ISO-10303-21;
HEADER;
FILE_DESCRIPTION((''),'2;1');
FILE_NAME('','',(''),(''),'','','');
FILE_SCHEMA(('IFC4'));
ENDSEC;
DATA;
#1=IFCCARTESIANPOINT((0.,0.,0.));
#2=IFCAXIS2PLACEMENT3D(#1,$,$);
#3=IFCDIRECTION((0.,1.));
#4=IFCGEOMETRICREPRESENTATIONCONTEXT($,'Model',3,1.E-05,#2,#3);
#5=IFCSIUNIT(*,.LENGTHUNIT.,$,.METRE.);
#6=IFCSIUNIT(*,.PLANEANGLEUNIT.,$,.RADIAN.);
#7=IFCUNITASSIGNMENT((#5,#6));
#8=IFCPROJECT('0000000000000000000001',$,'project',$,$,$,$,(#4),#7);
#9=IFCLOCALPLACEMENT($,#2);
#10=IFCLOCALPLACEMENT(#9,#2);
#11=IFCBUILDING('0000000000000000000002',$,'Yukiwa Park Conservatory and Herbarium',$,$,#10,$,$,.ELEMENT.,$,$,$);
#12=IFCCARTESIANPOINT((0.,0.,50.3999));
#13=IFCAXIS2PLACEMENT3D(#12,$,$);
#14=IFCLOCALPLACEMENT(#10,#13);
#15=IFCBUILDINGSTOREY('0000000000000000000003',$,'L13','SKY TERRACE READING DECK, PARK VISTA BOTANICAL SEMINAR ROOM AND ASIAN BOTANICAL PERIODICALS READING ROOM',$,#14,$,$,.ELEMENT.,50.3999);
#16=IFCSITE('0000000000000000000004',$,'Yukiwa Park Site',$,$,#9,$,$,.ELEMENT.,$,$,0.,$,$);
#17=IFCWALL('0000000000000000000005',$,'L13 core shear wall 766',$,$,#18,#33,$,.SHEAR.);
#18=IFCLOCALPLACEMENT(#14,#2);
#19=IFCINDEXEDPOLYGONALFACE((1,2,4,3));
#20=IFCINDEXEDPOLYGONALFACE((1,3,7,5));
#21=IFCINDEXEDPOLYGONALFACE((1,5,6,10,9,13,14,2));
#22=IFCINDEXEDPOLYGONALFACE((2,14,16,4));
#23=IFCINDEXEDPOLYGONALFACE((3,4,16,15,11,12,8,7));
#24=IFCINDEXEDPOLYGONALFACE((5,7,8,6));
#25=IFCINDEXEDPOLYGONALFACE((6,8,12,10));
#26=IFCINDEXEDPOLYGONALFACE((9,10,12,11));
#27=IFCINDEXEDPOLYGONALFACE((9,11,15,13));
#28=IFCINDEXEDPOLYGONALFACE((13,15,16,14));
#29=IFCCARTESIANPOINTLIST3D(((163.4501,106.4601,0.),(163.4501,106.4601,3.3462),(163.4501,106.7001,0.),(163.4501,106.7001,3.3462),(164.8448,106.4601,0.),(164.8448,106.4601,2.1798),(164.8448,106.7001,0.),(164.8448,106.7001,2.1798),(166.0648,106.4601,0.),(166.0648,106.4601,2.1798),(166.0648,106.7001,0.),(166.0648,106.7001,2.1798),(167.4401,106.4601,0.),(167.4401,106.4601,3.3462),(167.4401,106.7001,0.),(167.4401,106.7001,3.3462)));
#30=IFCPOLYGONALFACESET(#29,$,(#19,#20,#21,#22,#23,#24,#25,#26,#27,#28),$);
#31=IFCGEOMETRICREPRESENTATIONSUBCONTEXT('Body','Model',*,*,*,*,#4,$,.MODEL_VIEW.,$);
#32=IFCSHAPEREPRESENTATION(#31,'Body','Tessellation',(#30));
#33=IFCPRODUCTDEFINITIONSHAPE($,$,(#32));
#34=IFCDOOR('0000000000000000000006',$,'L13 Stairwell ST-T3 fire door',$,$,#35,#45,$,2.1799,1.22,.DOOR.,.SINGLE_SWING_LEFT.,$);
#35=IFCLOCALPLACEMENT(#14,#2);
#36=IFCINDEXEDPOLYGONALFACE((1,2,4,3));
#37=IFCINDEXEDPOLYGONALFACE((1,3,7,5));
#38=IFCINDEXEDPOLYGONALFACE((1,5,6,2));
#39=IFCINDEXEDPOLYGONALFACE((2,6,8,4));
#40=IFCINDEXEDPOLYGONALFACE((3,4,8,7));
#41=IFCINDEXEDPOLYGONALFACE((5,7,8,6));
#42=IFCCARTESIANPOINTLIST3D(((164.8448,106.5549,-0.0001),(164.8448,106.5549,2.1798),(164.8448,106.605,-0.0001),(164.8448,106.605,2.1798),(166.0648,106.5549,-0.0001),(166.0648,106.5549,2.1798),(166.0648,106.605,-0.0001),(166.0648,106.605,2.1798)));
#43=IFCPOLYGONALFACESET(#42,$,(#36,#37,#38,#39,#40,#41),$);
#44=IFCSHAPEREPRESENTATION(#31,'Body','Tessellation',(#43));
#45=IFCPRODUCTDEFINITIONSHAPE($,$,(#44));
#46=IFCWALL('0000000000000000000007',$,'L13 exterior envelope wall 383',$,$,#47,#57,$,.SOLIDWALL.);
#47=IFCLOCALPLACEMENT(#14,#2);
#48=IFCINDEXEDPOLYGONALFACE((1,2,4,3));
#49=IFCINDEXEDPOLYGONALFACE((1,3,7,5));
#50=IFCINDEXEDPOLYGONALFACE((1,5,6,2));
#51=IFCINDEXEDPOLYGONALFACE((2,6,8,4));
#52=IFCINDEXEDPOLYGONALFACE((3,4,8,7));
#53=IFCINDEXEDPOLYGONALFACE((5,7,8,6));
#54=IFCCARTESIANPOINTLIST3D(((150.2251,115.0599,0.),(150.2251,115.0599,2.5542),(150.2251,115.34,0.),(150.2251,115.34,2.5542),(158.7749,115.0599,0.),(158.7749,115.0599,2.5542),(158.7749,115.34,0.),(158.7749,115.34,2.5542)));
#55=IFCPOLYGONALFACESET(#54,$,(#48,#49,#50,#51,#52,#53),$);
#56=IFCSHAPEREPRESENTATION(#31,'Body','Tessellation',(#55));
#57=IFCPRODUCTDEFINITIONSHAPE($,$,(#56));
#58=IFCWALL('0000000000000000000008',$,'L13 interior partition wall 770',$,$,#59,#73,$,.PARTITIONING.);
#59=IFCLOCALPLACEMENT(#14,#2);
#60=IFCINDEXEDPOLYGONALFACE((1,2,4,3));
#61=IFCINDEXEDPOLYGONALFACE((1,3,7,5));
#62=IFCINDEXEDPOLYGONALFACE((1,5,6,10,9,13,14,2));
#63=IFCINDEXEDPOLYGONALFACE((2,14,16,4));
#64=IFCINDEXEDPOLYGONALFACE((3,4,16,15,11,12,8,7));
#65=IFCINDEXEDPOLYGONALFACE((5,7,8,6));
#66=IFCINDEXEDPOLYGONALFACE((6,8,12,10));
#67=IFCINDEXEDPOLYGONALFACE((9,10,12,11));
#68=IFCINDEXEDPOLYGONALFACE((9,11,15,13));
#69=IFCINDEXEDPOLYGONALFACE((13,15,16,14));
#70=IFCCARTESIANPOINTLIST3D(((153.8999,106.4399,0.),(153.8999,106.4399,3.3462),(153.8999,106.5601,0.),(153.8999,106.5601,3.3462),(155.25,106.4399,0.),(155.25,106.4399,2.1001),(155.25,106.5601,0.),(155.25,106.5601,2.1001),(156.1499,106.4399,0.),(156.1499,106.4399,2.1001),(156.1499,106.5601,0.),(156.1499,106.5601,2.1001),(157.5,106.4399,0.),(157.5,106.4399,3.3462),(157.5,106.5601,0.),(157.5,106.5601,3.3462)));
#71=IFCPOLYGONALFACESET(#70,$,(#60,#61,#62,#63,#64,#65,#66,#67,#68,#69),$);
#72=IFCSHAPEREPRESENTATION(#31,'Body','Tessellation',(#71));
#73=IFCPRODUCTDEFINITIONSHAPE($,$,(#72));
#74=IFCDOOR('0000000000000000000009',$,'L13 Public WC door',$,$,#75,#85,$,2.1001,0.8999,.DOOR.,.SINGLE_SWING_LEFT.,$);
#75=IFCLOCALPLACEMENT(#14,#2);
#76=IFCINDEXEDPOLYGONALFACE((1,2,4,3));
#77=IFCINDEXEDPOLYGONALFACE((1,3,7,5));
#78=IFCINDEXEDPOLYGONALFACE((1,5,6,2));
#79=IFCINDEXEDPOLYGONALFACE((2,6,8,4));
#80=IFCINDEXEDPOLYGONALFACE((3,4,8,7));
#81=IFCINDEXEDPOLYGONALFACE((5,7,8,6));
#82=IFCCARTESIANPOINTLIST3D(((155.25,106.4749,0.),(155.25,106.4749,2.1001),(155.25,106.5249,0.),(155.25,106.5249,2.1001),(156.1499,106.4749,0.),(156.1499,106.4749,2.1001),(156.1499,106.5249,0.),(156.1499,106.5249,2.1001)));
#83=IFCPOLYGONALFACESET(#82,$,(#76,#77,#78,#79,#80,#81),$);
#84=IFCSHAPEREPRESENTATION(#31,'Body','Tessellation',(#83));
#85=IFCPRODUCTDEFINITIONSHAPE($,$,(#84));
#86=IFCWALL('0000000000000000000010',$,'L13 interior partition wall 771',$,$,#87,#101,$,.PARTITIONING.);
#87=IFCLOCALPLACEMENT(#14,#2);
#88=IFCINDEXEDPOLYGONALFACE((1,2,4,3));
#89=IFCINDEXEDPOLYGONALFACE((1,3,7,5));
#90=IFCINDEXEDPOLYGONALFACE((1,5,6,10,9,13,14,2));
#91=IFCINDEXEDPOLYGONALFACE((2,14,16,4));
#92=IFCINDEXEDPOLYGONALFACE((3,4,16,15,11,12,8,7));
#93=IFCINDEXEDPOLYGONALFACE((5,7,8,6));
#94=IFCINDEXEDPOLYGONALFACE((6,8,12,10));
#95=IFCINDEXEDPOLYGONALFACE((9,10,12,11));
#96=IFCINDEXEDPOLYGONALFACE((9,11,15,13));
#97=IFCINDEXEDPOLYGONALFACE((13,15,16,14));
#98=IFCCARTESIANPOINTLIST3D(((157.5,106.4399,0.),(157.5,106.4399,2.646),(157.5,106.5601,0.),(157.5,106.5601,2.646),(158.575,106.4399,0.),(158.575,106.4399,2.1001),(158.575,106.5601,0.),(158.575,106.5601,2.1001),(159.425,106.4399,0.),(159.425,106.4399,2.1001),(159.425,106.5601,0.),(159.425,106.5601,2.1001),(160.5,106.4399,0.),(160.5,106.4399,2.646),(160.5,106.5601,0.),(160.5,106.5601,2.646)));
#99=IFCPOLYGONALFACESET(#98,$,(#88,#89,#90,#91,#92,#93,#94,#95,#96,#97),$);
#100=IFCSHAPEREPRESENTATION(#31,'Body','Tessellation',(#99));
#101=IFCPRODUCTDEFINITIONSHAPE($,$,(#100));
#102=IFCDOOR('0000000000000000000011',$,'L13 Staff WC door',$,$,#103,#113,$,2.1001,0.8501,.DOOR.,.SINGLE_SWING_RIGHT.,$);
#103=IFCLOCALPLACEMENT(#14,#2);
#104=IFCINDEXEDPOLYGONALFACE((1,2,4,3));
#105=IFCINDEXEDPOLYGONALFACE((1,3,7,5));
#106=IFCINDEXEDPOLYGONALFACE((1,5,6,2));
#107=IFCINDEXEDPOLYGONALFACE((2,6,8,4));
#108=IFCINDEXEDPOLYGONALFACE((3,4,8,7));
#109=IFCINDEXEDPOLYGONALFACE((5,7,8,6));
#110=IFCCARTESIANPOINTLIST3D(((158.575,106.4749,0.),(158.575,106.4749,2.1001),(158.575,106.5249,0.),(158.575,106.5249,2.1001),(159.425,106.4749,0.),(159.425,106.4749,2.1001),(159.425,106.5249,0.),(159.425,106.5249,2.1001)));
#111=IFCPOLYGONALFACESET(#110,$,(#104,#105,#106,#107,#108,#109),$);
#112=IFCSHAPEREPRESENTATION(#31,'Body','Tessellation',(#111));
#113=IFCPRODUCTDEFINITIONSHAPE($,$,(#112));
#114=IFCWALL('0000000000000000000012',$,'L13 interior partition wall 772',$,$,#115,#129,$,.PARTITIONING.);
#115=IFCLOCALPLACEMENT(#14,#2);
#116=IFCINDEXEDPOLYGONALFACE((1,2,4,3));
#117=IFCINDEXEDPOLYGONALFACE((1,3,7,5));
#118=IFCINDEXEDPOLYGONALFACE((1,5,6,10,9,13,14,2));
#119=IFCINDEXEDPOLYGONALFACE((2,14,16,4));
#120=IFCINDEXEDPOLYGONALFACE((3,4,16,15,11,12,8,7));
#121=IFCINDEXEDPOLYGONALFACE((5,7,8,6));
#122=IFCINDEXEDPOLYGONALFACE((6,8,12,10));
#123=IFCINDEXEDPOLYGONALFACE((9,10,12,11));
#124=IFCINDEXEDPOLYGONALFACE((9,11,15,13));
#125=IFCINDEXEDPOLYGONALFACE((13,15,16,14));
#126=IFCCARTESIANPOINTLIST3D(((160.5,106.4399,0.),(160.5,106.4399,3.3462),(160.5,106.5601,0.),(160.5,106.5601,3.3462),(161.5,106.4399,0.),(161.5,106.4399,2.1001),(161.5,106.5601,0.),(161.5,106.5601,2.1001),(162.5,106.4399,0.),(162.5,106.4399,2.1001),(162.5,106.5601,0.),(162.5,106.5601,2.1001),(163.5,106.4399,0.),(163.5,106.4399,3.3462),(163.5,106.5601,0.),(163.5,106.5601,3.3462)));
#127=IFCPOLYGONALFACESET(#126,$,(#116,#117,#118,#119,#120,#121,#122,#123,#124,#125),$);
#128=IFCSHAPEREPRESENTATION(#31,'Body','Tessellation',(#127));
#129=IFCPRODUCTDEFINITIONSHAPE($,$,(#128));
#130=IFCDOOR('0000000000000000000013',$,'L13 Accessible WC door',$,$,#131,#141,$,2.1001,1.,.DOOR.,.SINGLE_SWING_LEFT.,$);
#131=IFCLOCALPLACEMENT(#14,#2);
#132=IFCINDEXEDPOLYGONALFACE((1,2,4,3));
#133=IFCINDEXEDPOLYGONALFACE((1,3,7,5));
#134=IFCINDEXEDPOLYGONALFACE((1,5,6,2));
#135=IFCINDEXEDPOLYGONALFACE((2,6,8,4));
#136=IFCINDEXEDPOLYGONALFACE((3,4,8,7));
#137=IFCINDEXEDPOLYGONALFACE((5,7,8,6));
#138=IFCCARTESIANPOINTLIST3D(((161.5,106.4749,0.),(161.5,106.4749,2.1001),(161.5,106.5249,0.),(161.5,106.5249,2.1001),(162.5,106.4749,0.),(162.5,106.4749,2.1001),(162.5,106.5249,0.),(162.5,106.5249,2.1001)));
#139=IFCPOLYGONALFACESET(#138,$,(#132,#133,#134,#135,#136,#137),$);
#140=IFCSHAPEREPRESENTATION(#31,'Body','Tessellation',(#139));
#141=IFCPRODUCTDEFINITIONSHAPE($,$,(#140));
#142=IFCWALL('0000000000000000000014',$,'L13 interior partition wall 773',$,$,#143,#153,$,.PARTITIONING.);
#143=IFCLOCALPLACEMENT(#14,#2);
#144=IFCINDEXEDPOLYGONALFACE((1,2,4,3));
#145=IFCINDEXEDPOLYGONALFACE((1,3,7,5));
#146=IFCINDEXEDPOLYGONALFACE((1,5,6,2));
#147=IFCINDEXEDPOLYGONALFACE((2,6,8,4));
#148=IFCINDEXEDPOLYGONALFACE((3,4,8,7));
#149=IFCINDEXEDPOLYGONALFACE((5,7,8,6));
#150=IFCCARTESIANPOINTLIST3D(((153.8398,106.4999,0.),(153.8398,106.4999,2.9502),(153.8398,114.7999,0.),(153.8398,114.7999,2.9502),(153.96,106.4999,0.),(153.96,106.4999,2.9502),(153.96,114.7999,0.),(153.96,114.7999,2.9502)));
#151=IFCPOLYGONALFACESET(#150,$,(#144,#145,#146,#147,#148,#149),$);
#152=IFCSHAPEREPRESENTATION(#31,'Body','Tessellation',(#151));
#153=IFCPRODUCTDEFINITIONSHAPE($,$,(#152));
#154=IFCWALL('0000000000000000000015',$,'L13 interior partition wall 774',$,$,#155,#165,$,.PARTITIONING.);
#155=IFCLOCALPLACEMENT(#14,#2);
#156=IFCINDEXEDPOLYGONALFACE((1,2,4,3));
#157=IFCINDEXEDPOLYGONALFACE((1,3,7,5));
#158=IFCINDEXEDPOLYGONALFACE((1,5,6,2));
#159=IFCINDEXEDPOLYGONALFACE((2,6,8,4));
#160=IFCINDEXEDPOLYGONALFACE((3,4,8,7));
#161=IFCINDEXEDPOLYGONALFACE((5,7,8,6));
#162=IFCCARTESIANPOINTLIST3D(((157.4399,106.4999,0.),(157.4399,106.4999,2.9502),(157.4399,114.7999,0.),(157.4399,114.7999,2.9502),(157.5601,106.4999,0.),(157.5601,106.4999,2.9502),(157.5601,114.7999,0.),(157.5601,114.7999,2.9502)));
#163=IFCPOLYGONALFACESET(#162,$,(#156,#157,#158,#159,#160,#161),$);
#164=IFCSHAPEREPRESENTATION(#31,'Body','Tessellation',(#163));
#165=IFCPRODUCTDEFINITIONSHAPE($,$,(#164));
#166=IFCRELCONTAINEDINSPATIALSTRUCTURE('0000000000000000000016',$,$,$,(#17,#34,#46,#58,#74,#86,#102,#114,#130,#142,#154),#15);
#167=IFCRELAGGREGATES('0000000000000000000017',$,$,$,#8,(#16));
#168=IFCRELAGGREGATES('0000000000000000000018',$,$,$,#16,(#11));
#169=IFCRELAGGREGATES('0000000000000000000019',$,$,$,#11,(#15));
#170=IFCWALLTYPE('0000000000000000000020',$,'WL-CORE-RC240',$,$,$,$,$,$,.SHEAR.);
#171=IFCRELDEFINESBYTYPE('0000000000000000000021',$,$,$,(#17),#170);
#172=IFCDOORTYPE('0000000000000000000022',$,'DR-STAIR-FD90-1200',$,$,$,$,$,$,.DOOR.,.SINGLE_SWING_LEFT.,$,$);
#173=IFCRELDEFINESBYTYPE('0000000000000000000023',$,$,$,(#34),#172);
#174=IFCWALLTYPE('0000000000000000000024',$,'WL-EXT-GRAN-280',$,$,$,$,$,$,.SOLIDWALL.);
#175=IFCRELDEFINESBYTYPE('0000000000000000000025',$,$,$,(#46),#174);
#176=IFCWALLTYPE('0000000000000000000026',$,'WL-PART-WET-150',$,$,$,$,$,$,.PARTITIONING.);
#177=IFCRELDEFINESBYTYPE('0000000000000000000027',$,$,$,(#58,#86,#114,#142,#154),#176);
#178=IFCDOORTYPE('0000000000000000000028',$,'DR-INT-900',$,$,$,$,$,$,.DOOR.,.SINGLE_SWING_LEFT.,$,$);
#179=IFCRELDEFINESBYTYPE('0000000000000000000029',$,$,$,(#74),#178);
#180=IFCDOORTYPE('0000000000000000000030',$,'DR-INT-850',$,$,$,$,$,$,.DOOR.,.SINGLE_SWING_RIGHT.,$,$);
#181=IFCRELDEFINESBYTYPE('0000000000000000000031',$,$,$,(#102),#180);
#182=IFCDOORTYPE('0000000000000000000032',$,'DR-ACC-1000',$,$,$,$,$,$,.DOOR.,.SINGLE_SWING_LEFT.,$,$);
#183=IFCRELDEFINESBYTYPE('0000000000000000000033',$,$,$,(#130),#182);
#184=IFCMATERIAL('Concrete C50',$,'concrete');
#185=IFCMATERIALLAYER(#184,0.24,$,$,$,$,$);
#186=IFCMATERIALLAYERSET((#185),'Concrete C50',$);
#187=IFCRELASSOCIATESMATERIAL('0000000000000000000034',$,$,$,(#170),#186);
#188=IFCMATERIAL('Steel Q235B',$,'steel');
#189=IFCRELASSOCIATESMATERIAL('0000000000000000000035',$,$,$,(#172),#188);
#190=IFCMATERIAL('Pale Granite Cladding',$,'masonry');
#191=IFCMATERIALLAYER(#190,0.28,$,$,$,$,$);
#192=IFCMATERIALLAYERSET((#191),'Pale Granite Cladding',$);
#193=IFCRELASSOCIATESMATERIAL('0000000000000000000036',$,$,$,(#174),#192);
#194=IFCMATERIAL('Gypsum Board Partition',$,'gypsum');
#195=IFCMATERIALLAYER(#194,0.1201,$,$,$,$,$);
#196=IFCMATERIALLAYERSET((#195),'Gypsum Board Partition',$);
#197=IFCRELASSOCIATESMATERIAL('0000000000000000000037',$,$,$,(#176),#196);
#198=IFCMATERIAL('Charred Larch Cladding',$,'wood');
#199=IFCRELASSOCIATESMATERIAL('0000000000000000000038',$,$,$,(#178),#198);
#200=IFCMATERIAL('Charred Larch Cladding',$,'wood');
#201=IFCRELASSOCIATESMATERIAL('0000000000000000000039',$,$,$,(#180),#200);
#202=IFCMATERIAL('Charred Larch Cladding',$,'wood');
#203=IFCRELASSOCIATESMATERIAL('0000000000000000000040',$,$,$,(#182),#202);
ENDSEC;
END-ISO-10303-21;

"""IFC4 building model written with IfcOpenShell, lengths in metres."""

from ifc_helpers import new_model, si_unit, direction, frame, frame_2d, origin, place, context, subcontext, project, spatial, rectangle, extrude, material, layer, layer_set, type_object, element, fill, save


model = new_model("IFC4")

# Units and contexts
model_context = context("Model", 3, precision=1e-05, world=origin(), true_north=direction((0.0, 1.0)))
body_context = subcontext(model_context, "Body", "Model", "MODEL_VIEW")
ifc_project = project(units=[si_unit("LENGTHUNIT", "METRE"), si_unit("PLANEANGLEUNIT", "RADIAN")], contexts=[model_context])

# Site, building, storey
site_placement = place(None, origin())
site = spatial("IfcSite", under=ifc_project, at=site_placement, Name="Yukiwa Park Site", CompositionType="ELEMENT", RefElevation=0.0)
building_placement = place(site_placement, origin())
building = spatial("IfcBuilding", under=site, at=building_placement, Name="Yukiwa Park Conservatory and Herbarium", CompositionType="ELEMENT")
storey_placement = place(building_placement, frame((0.0, 0.0, 50.3999)))
storey = spatial("IfcBuildingStorey", under=building, at=storey_placement, Name="L13", Description="SKY TERRACE READING DECK, PARK VISTA BOTANICAL SEMINAR ROOM AND ASIAN BOTANICAL PERIODICALS READING ROOM", CompositionType="ELEMENT", Elevation=50.3999)

# Shared definitions
ifc_material_1 = material(Name="Concrete C50", Category="concrete")
ifc_layer_1 = layer(ifc_material_1, 0.24)
ifc_layer_set_1 = layer_set([ifc_layer_1], Name="Concrete C50")
wall_type_1 = type_object("IfcWallType", Name="WL-CORE-RC240", PredefinedType="SHEAR", material=ifc_layer_set_1)

# Wall, opening, door
wall_1_placement = place(storey_placement, frame((163.45, 106.5801, 0.0), z_axis=(0.0, 0.0, 1.0), x_axis=(1.0, 0.0, 0.0)))
wall_1 = element("IfcWall", 1, at=wall_1_placement, inside=storey, type_object=wall_type_1, Name="L13 core shear wall 766", PredefinedType="SHEAR", context=body_context, shape_type="SweptSolid", body=[
    extrude(rectangle(XDim=3.99, YDim=0.24, at=frame_2d((1.9951, 0.0))), origin(), (0.0, 0.0, 1.0), 3.3462),
])
opening_1_placement = place(wall_1_placement, frame((1.395, 0.0, 0.0)))
opening_1 = element("IfcOpeningElement", 2, at=opening_1_placement, cuts=wall_1, PredefinedType="OPENING", context=body_context, shape_type="SweptSolid", body=[
    extrude(rectangle(XDim=1.22, YDim=2.1799, at=frame_2d((0.6099, 1.0898))), frame((0.0, 0.1299, 0.0), z_axis=(0.0, -1.0, 0.0), x_axis=(1.0, 0.0, 0.0)), (0.0, 0.0, 1.0), 0.26),
])
ifc_material_2 = material(Name="Steel Q235B", Category="steel")
door_type_1 = type_object("IfcDoorType", Name="DR-STAIR-FD90-1200", OperationType="SINGLE_SWING_LEFT", PredefinedType="DOOR", material=ifc_material_2)
door_1_placement = place(opening_1_placement, origin())
door_1 = element("IfcDoor", 3, at=door_1_placement, inside=storey, type_object=door_type_1, Name="L13 Stairwell ST-T3 fire door", OperationType="SINGLE_SWING_LEFT", OverallHeight=2.1799, OverallWidth=1.22, PredefinedType="DOOR", context=body_context, shape_type="SweptSolid", body=[
    extrude(rectangle(XDim=1.22, YDim=2.1799, at=frame_2d((0.6099, 1.0898))), frame((0.0, 0.0249, 0.0), z_axis=(0.0, -1.0, 0.0), x_axis=(1.0, 0.0, 0.0)), (0.0, 0.0, 1.0), 0.05),
])
fill(opening_1, door_1)

# Wall
ifc_material_3 = material(Name="Pale Granite Cladding", Category="masonry")
ifc_layer_2 = layer(ifc_material_3, 0.28)
ifc_layer_set_2 = layer_set([ifc_layer_2], Name="Pale Granite Cladding")
wall_type_2 = type_object("IfcWallType", Name="WL-EXT-GRAN-280", PredefinedType="SOLIDWALL", material=ifc_layer_set_2)
wall_2_placement = place(storey_placement, frame((158.7749, 115.2, 0.0), z_axis=(0.0, 0.0, 1.0), x_axis=(-1.0, 0.0, 0.0)))
element("IfcWall", 4, at=wall_2_placement, inside=storey, type_object=wall_type_2, Name="L13 exterior envelope wall 383", PredefinedType="SOLIDWALL", context=body_context, shape_type="SweptSolid", body=[
    extrude(rectangle(XDim=8.5498, YDim=0.28, at=frame_2d((4.2749, 0.0))), origin(), (0.0, 0.0, 1.0), 2.5542),
])

# Walls, openings, doors
ifc_material_4 = material(Name="Gypsum Board Partition", Category="gypsum")
ifc_layer_3 = layer(ifc_material_4, 0.1201)
ifc_layer_set_3 = layer_set([ifc_layer_3], Name="Gypsum Board Partition")
wall_type_3 = type_object("IfcWallType", Name="WL-PART-WET-150", PredefinedType="PARTITIONING", material=ifc_layer_set_3)
wall_3_placement = place(storey_placement, frame((153.8999, 106.5, 0.0), z_axis=(0.0, 0.0, 1.0), x_axis=(1.0, 0.0, 0.0)))
wall_3 = element("IfcWall", 5, at=wall_3_placement, inside=storey, type_object=wall_type_3, Name="L13 interior partition wall 770", PredefinedType="PARTITIONING", context=body_context, shape_type="SweptSolid", body=[
    extrude(rectangle(XDim=3.6001, YDim=0.1201, at=frame_2d((1.8, 0.0))), origin(), (0.0, 0.0, 1.0), 3.3462),
])
opening_2_placement = place(wall_3_placement, frame((1.3501, 0.0, 0.0)))
opening_2 = element("IfcOpeningElement", 6, at=opening_2_placement, cuts=wall_3, PredefinedType="OPENING", context=body_context, shape_type="SweptSolid", body=[
    extrude(rectangle(XDim=0.8999, YDim=2.1001, at=frame_2d((0.45, 1.05))), frame((0.0, 0.0701, 0.0), z_axis=(0.0, -1.0, 0.0), x_axis=(1.0, 0.0, 0.0)), (0.0, 0.0, 1.0), 0.1401),
])
ifc_material_5 = material(Name="Charred Larch Cladding", Category="wood")
door_type_2 = type_object("IfcDoorType", Name="DR-INT-900", OperationType="SINGLE_SWING_LEFT", PredefinedType="DOOR", material=ifc_material_5)
door_2_placement = place(opening_2_placement, origin())
door_2 = element("IfcDoor", 7, at=door_2_placement, inside=storey, type_object=door_type_2, Name="L13 Public WC door", OperationType="SINGLE_SWING_LEFT", OverallHeight=2.1001, OverallWidth=0.8999, PredefinedType="DOOR", context=body_context, shape_type="SweptSolid", body=[
    extrude(rectangle(XDim=0.8999, YDim=2.1001, at=frame_2d((0.45, 1.05))), frame((0.0, 0.0249, 0.0), z_axis=(0.0, -1.0, 0.0), x_axis=(1.0, 0.0, 0.0)), (0.0, 0.0, 1.0), 0.05),
])
fill(opening_2, door_2)
wall_4_placement = place(storey_placement, frame((157.5, 106.5, 0.0), z_axis=(0.0, 0.0, 1.0), x_axis=(1.0, 0.0, 0.0)))
wall_4 = element("IfcWall", 8, at=wall_4_placement, inside=storey, type_object=wall_type_3, Name="L13 interior partition wall 771", PredefinedType="PARTITIONING", context=body_context, shape_type="SweptSolid", body=[
    extrude(rectangle(XDim=3.0, YDim=0.1201, at=frame_2d((1.5, 0.0))), origin(), (0.0, 0.0, 1.0), 2.646),
])
opening_3_placement = place(wall_4_placement, frame((1.075, 0.0, 0.0)))
opening_3 = element("IfcOpeningElement", 9, at=opening_3_placement, cuts=wall_4, PredefinedType="OPENING", context=body_context, shape_type="SweptSolid", body=[
    extrude(rectangle(XDim=0.8501, YDim=2.1001, at=frame_2d((0.425, 1.05))), frame((0.0, 0.0701, 0.0), z_axis=(0.0, -1.0, 0.0), x_axis=(1.0, 0.0, 0.0)), (0.0, 0.0, 1.0), 0.1401),
])
ifc_material_6 = material(Name="Charred Larch Cladding", Category="wood")
door_type_3 = type_object("IfcDoorType", Name="DR-INT-850", OperationType="SINGLE_SWING_RIGHT", PredefinedType="DOOR", material=ifc_material_6)
door_3_placement = place(opening_3_placement, origin())
door_3 = element("IfcDoor", 10, at=door_3_placement, inside=storey, type_object=door_type_3, Name="L13 Staff WC door", OperationType="SINGLE_SWING_RIGHT", OverallHeight=2.1001, OverallWidth=0.8501, PredefinedType="DOOR", context=body_context, shape_type="SweptSolid", body=[
    extrude(rectangle(XDim=0.8501, YDim=2.1001, at=frame_2d((0.425, 1.05))), frame((0.0, 0.0249, 0.0), z_axis=(0.0, -1.0, 0.0), x_axis=(1.0, 0.0, 0.0)), (0.0, 0.0, 1.0), 0.05),
])
fill(opening_3, door_3)
wall_5_placement = place(storey_placement, frame((160.5, 106.5, 0.0), z_axis=(0.0, 0.0, 1.0), x_axis=(1.0, 0.0, 0.0)))
wall_5 = element("IfcWall", 11, at=wall_5_placement, inside=storey, type_object=wall_type_3, Name="L13 interior partition wall 772", PredefinedType="PARTITIONING", context=body_context, shape_type="SweptSolid", body=[
    extrude(rectangle(XDim=3.0, YDim=0.1201, at=frame_2d((1.5, 0.0))), origin(), (0.0, 0.0, 1.0), 3.3462),
])
opening_4_placement = place(wall_5_placement, frame((1.0, 0.0, 0.0)))
opening_4 = element("IfcOpeningElement", 12, at=opening_4_placement, cuts=wall_5, PredefinedType="OPENING", context=body_context, shape_type="SweptSolid", body=[
    extrude(rectangle(XDim=1.0, YDim=2.1001, at=frame_2d((0.5, 1.05))), frame((0.0, 0.0701, 0.0), z_axis=(0.0, -1.0, 0.0), x_axis=(1.0, 0.0, 0.0)), (0.0, 0.0, 1.0), 0.1401),
])
ifc_material_7 = material(Name="Charred Larch Cladding", Category="wood")
door_type_4 = type_object("IfcDoorType", Name="DR-ACC-1000", OperationType="SINGLE_SWING_LEFT", PredefinedType="DOOR", material=ifc_material_7)
door_4_placement = place(opening_4_placement, origin())
door_4 = element("IfcDoor", 13, at=door_4_placement, inside=storey, type_object=door_type_4, Name="L13 Accessible WC door", OperationType="SINGLE_SWING_LEFT", OverallHeight=2.1001, OverallWidth=1.0, PredefinedType="DOOR", context=body_context, shape_type="SweptSolid", body=[
    extrude(rectangle(XDim=1.0, YDim=2.1001, at=frame_2d((0.5, 1.05))), frame((0.0, 0.0249, 0.0), z_axis=(0.0, -1.0, 0.0), x_axis=(1.0, 0.0, 0.0)), (0.0, 0.0, 1.0), 0.05),
])
fill(opening_4, door_4)

# Walls
for number, where, z_axis, x_axis, name in (
    (14, (153.8999, 106.5, 0.0), (0.0, 0.0, 1.0), (0.0, 1.0, 0.0), "L13 interior partition wall 773"),
    (15, (157.5, 106.5, 0.0), (0.0, 0.0, 1.0), (0.0, 1.0, 0.0), "L13 interior partition wall 774"),
):
    element("IfcWall", number, at=place(storey_placement, frame(where, z_axis=z_axis, x_axis=x_axis)), inside=storey, type_object=wall_type_3, Name=name, PredefinedType="PARTITIONING", context=body_context, shape_type="SweptSolid", body=[
        extrude(rectangle(XDim=8.3, YDim=0.1201, at=frame_2d((4.1499, 0.0))), origin(), (0.0, 0.0, 1.0), 2.9502),
    ])

save(model, "model.ifc")
